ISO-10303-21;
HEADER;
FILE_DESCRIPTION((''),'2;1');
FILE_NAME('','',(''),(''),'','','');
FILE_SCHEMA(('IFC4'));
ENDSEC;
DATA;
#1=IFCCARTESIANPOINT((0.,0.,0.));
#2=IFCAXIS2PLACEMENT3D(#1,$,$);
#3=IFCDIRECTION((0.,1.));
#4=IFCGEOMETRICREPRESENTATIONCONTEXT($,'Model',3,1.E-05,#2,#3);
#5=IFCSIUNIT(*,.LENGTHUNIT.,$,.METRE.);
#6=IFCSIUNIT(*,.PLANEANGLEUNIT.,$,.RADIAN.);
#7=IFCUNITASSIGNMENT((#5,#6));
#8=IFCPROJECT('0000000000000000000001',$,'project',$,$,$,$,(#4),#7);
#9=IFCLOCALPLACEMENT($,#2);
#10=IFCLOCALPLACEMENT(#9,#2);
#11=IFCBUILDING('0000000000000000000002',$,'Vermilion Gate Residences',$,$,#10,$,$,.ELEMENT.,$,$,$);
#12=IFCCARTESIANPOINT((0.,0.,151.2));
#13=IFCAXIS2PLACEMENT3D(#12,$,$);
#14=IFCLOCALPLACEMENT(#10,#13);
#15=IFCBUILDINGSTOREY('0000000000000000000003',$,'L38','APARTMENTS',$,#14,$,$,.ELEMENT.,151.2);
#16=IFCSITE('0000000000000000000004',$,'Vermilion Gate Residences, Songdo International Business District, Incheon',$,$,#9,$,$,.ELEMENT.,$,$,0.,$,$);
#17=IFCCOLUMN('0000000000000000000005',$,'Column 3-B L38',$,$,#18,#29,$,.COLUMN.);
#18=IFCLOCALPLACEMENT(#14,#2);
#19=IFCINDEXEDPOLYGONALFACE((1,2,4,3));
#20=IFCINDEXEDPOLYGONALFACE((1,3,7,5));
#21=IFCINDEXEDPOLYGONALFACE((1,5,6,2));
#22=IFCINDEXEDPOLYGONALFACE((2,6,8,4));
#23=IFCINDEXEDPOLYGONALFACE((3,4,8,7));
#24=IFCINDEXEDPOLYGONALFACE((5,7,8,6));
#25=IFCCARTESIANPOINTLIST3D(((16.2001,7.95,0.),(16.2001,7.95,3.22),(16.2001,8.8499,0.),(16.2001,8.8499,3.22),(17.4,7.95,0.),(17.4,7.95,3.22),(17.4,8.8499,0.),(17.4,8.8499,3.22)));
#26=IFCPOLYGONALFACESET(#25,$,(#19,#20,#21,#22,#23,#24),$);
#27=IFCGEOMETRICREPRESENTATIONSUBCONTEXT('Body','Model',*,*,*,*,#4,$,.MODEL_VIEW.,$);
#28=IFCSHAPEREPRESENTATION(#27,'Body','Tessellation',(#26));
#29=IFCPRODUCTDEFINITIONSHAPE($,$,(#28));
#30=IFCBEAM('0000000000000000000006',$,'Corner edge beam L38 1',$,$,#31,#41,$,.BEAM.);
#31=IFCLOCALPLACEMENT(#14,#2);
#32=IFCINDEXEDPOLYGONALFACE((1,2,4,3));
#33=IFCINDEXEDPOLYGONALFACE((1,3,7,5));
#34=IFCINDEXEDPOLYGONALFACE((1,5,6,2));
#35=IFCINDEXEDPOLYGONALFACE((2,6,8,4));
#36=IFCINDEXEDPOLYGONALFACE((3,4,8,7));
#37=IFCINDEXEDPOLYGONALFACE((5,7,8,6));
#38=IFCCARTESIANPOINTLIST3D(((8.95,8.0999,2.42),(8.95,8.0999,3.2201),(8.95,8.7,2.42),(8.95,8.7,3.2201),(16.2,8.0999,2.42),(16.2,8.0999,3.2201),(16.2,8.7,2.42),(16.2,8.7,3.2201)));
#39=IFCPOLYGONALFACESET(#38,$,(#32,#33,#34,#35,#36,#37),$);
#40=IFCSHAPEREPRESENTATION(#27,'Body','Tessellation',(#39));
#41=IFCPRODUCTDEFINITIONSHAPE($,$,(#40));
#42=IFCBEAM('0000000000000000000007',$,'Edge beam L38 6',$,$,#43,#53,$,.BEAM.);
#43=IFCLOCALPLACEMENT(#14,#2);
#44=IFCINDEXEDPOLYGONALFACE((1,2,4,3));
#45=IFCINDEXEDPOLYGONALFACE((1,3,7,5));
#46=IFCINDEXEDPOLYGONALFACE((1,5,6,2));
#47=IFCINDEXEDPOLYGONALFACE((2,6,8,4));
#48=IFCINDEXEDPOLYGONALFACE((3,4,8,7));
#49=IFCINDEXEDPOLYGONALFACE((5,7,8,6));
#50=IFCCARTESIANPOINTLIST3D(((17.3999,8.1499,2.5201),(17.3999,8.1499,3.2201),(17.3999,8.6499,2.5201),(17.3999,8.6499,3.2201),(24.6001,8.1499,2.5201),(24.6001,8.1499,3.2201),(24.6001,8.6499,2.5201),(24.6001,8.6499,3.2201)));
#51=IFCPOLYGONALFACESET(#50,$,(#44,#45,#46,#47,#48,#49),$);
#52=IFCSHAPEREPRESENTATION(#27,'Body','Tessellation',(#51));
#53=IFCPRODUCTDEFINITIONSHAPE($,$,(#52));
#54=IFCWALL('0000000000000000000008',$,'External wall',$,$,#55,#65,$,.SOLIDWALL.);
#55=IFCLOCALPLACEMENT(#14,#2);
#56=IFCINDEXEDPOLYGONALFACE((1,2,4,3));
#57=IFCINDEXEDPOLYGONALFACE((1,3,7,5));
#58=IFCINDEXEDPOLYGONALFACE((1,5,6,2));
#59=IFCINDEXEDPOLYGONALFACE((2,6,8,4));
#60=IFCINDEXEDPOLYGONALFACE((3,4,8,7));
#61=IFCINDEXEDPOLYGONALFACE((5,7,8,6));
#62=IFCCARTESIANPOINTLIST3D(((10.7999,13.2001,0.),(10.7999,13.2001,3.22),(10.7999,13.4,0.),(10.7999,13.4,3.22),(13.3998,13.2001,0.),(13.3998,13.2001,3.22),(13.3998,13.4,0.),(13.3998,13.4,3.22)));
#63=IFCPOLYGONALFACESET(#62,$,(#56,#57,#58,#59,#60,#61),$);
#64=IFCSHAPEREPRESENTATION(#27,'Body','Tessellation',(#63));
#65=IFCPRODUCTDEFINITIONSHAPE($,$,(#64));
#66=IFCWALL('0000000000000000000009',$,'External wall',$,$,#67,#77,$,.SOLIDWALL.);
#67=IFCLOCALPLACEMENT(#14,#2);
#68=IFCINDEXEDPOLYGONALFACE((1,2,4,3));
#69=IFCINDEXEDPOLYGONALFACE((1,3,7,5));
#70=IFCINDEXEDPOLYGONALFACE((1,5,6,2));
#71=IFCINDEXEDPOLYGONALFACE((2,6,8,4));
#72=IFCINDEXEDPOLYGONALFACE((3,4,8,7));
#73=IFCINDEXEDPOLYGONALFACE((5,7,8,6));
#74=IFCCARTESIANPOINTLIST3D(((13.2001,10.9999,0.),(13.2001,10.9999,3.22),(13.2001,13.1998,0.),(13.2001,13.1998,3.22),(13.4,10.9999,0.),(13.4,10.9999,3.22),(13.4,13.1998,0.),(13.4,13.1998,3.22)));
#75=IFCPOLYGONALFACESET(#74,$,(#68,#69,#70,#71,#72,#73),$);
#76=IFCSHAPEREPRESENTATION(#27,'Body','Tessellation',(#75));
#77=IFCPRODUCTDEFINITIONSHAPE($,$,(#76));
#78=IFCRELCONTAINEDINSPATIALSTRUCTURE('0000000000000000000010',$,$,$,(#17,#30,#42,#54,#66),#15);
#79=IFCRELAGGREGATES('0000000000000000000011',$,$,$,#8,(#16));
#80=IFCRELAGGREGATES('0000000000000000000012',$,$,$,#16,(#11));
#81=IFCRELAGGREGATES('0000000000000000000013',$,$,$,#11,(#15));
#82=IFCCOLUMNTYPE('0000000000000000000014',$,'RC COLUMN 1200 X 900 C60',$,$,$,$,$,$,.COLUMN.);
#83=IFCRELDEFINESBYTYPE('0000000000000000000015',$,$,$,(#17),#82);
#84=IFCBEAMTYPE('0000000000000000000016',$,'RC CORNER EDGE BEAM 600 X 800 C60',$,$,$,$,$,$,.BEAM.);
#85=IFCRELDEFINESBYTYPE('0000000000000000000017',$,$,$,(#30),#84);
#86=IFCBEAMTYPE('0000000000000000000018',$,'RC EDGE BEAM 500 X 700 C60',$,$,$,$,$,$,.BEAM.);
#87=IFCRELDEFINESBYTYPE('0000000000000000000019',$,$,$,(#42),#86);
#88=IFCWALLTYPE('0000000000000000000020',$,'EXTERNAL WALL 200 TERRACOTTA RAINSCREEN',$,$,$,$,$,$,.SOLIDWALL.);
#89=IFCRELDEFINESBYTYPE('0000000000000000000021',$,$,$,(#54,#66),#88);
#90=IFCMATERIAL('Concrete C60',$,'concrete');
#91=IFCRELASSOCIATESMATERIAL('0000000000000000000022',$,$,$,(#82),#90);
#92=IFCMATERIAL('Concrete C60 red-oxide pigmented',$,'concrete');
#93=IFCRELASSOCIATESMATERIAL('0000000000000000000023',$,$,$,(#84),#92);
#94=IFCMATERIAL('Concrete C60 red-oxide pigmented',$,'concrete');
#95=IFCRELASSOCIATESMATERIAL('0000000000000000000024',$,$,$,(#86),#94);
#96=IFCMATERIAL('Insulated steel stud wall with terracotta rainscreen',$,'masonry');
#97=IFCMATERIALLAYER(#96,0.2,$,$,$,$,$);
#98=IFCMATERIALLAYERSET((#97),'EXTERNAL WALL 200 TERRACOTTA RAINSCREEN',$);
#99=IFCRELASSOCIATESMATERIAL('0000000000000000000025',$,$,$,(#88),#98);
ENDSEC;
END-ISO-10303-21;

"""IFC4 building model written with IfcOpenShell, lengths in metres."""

from ifc_helpers import new_model, si_unit, direction, frame, frame_2d, origin, origin_2d, place, context, subcontext, project, spatial, rectangle, extrude, material, layer, layer_set, material_profile, profile_set, type_object, element, save


model = new_model("IFC4")

# Units and contexts
model_context = context("Model", 3, precision=1e-05, world=origin(), true_north=direction((0.0, 1.0)))
body_context = subcontext(model_context, "Body", "Model", "MODEL_VIEW")
ifc_project = project(units=[si_unit("LENGTHUNIT", "METRE"), si_unit("PLANEANGLEUNIT", "RADIAN")], contexts=[model_context])

# Site, building, storey
site_placement = place(None, origin())
site = spatial("IfcSite", under=ifc_project, at=site_placement, Name="Vermilion Gate Residences, Songdo International Business District, Incheon", CompositionType="ELEMENT", RefElevation=0.0)
building_placement = place(site_placement, origin())
building = spatial("IfcBuilding", under=site, at=building_placement, Name="Vermilion Gate Residences", CompositionType="ELEMENT")
storey_placement = place(building_placement, frame((0.0, 0.0, 151.2)))
storey = spatial("IfcBuildingStorey", under=building, at=storey_placement, Name="L38", Description="APARTMENTS", CompositionType="ELEMENT", Elevation=151.2)

# Column
ifc_material_1 = material(Name="Concrete C60", Category="concrete")
ifc_material_profile_1 = material_profile(ifc_material_1, rectangle(XDim=1.2, YDim=0.8999, at=origin_2d()), Name="RC-1200x900")
ifc_profile_set_1 = profile_set([ifc_material_profile_1], Name="Concrete C60")
column_type = type_object("IfcColumnType", Name="RC COLUMN 1200 X 900 C60", PredefinedType="COLUMN", material=ifc_profile_set_1)
column_placement = place(storey_placement, frame((16.8, 8.3999, 0.0), z_axis=(0.0, 0.0, 1.0), x_axis=(1.0, 0.0, 0.0)))
element("IfcColumn", 1, at=column_placement, inside=storey, type_object=column_type, Name="Column 3-B L38", PredefinedType="COLUMN", context=body_context, shape_type="SweptSolid", body=[
    extrude(rectangle(XDim=1.2, YDim=0.8999, at=origin_2d()), origin(), (0.0, 0.0, 1.0), 3.22),
])

# Beams
ifc_material_2 = material(Name="Concrete C60 red-oxide pigmented", Category="concrete")
ifc_material_profile_2 = material_profile(ifc_material_2, rectangle(XDim=0.6001, YDim=0.8, at=origin_2d()), Name="RC-600x800")
ifc_profile_set_2 = profile_set([ifc_material_profile_2], Name="Concrete C60 red-oxide pigmented")
beam_type_1 = type_object("IfcBeamType", Name="RC CORNER EDGE BEAM 600 X 800 C60", PredefinedType="BEAM", material=ifc_profile_set_2)
beam_1_placement = place(storey_placement, frame((8.95, 8.3999, 2.8201), z_axis=(1.0, 0.0, 0.0), x_axis=(0.0, 1.0, 0.0)))
element("IfcBeam", 2, at=beam_1_placement, inside=storey, type_object=beam_type_1, Name="Corner edge beam L38 1", PredefinedType="BEAM", context=body_context, shape_type="SweptSolid", body=[
    extrude(rectangle(XDim=0.6001, YDim=0.8, at=origin_2d()), origin(), (0.0, 0.0, 1.0), 7.25),
])
ifc_material_3 = material(Name="Concrete C60 red-oxide pigmented", Category="concrete")
ifc_material_profile_3 = material_profile(ifc_material_3, rectangle(XDim=0.5, YDim=0.7, at=origin_2d()), Name="RC-500x700")
ifc_profile_set_3 = profile_set([ifc_material_profile_3], Name="Concrete C60 red-oxide pigmented")
beam_type_2 = type_object("IfcBeamType", Name="RC EDGE BEAM 500 X 700 C60", PredefinedType="BEAM", material=ifc_profile_set_3)
beam_2_placement = place(storey_placement, frame((17.3999, 8.3999, 2.8701), z_axis=(1.0, 0.0, 0.0), x_axis=(0.0, 1.0, 0.0)))
element("IfcBeam", 3, at=beam_2_placement, inside=storey, type_object=beam_type_2, Name="Edge beam L38 6", PredefinedType="BEAM", context=body_context, shape_type="SweptSolid", body=[
    extrude(rectangle(XDim=0.5, YDim=0.7, at=origin_2d()), origin(), (0.0, 0.0, 1.0), 7.2002),
])

# Walls
ifc_material_4 = material(Name="Insulated steel stud wall with terracotta rainscreen", Category="masonry")
ifc_layer_1 = layer(ifc_material_4, 0.2)
ifc_layer_set_1 = layer_set([ifc_layer_1], Name="EXTERNAL WALL 200 TERRACOTTA RAINSCREEN")
wall_type_1 = type_object("IfcWallType", Name="EXTERNAL WALL 200 TERRACOTTA RAINSCREEN", PredefinedType="SOLIDWALL", material=ifc_layer_set_1)
wall_1_placement = place(storey_placement, frame((10.8, 13.3, 0.0), z_axis=(0.0, 0.0, 1.0), x_axis=(1.0, 0.0, 0.0)))
element("IfcWall", 4, at=wall_1_placement, inside=storey, type_object=wall_type_1, Name="External wall", PredefinedType="SOLIDWALL", context=body_context, shape_type="SweptSolid", body=[
    extrude(rectangle(XDim=2.5999, YDim=0.2, at=frame_2d((1.2998, 0.0))), origin(), (0.0, 0.0, 1.0), 3.22),
])
wall_2_placement = place(storey_placement, frame((13.3, 13.2, 0.0), z_axis=(0.0, 0.0, 1.0), x_axis=(0.0, -1.0, 0.0)))
element("IfcWall", 5, at=wall_2_placement, inside=storey, type_object=wall_type_1, Name="External wall", PredefinedType="SOLIDWALL", context=body_context, shape_type="SweptSolid", body=[
    extrude(rectangle(XDim=2.2, YDim=0.2, at=frame_2d((1.1001, 0.0))), origin(), (0.0, 0.0, 1.0), 3.22),
])

save(model, "model.ifc")
